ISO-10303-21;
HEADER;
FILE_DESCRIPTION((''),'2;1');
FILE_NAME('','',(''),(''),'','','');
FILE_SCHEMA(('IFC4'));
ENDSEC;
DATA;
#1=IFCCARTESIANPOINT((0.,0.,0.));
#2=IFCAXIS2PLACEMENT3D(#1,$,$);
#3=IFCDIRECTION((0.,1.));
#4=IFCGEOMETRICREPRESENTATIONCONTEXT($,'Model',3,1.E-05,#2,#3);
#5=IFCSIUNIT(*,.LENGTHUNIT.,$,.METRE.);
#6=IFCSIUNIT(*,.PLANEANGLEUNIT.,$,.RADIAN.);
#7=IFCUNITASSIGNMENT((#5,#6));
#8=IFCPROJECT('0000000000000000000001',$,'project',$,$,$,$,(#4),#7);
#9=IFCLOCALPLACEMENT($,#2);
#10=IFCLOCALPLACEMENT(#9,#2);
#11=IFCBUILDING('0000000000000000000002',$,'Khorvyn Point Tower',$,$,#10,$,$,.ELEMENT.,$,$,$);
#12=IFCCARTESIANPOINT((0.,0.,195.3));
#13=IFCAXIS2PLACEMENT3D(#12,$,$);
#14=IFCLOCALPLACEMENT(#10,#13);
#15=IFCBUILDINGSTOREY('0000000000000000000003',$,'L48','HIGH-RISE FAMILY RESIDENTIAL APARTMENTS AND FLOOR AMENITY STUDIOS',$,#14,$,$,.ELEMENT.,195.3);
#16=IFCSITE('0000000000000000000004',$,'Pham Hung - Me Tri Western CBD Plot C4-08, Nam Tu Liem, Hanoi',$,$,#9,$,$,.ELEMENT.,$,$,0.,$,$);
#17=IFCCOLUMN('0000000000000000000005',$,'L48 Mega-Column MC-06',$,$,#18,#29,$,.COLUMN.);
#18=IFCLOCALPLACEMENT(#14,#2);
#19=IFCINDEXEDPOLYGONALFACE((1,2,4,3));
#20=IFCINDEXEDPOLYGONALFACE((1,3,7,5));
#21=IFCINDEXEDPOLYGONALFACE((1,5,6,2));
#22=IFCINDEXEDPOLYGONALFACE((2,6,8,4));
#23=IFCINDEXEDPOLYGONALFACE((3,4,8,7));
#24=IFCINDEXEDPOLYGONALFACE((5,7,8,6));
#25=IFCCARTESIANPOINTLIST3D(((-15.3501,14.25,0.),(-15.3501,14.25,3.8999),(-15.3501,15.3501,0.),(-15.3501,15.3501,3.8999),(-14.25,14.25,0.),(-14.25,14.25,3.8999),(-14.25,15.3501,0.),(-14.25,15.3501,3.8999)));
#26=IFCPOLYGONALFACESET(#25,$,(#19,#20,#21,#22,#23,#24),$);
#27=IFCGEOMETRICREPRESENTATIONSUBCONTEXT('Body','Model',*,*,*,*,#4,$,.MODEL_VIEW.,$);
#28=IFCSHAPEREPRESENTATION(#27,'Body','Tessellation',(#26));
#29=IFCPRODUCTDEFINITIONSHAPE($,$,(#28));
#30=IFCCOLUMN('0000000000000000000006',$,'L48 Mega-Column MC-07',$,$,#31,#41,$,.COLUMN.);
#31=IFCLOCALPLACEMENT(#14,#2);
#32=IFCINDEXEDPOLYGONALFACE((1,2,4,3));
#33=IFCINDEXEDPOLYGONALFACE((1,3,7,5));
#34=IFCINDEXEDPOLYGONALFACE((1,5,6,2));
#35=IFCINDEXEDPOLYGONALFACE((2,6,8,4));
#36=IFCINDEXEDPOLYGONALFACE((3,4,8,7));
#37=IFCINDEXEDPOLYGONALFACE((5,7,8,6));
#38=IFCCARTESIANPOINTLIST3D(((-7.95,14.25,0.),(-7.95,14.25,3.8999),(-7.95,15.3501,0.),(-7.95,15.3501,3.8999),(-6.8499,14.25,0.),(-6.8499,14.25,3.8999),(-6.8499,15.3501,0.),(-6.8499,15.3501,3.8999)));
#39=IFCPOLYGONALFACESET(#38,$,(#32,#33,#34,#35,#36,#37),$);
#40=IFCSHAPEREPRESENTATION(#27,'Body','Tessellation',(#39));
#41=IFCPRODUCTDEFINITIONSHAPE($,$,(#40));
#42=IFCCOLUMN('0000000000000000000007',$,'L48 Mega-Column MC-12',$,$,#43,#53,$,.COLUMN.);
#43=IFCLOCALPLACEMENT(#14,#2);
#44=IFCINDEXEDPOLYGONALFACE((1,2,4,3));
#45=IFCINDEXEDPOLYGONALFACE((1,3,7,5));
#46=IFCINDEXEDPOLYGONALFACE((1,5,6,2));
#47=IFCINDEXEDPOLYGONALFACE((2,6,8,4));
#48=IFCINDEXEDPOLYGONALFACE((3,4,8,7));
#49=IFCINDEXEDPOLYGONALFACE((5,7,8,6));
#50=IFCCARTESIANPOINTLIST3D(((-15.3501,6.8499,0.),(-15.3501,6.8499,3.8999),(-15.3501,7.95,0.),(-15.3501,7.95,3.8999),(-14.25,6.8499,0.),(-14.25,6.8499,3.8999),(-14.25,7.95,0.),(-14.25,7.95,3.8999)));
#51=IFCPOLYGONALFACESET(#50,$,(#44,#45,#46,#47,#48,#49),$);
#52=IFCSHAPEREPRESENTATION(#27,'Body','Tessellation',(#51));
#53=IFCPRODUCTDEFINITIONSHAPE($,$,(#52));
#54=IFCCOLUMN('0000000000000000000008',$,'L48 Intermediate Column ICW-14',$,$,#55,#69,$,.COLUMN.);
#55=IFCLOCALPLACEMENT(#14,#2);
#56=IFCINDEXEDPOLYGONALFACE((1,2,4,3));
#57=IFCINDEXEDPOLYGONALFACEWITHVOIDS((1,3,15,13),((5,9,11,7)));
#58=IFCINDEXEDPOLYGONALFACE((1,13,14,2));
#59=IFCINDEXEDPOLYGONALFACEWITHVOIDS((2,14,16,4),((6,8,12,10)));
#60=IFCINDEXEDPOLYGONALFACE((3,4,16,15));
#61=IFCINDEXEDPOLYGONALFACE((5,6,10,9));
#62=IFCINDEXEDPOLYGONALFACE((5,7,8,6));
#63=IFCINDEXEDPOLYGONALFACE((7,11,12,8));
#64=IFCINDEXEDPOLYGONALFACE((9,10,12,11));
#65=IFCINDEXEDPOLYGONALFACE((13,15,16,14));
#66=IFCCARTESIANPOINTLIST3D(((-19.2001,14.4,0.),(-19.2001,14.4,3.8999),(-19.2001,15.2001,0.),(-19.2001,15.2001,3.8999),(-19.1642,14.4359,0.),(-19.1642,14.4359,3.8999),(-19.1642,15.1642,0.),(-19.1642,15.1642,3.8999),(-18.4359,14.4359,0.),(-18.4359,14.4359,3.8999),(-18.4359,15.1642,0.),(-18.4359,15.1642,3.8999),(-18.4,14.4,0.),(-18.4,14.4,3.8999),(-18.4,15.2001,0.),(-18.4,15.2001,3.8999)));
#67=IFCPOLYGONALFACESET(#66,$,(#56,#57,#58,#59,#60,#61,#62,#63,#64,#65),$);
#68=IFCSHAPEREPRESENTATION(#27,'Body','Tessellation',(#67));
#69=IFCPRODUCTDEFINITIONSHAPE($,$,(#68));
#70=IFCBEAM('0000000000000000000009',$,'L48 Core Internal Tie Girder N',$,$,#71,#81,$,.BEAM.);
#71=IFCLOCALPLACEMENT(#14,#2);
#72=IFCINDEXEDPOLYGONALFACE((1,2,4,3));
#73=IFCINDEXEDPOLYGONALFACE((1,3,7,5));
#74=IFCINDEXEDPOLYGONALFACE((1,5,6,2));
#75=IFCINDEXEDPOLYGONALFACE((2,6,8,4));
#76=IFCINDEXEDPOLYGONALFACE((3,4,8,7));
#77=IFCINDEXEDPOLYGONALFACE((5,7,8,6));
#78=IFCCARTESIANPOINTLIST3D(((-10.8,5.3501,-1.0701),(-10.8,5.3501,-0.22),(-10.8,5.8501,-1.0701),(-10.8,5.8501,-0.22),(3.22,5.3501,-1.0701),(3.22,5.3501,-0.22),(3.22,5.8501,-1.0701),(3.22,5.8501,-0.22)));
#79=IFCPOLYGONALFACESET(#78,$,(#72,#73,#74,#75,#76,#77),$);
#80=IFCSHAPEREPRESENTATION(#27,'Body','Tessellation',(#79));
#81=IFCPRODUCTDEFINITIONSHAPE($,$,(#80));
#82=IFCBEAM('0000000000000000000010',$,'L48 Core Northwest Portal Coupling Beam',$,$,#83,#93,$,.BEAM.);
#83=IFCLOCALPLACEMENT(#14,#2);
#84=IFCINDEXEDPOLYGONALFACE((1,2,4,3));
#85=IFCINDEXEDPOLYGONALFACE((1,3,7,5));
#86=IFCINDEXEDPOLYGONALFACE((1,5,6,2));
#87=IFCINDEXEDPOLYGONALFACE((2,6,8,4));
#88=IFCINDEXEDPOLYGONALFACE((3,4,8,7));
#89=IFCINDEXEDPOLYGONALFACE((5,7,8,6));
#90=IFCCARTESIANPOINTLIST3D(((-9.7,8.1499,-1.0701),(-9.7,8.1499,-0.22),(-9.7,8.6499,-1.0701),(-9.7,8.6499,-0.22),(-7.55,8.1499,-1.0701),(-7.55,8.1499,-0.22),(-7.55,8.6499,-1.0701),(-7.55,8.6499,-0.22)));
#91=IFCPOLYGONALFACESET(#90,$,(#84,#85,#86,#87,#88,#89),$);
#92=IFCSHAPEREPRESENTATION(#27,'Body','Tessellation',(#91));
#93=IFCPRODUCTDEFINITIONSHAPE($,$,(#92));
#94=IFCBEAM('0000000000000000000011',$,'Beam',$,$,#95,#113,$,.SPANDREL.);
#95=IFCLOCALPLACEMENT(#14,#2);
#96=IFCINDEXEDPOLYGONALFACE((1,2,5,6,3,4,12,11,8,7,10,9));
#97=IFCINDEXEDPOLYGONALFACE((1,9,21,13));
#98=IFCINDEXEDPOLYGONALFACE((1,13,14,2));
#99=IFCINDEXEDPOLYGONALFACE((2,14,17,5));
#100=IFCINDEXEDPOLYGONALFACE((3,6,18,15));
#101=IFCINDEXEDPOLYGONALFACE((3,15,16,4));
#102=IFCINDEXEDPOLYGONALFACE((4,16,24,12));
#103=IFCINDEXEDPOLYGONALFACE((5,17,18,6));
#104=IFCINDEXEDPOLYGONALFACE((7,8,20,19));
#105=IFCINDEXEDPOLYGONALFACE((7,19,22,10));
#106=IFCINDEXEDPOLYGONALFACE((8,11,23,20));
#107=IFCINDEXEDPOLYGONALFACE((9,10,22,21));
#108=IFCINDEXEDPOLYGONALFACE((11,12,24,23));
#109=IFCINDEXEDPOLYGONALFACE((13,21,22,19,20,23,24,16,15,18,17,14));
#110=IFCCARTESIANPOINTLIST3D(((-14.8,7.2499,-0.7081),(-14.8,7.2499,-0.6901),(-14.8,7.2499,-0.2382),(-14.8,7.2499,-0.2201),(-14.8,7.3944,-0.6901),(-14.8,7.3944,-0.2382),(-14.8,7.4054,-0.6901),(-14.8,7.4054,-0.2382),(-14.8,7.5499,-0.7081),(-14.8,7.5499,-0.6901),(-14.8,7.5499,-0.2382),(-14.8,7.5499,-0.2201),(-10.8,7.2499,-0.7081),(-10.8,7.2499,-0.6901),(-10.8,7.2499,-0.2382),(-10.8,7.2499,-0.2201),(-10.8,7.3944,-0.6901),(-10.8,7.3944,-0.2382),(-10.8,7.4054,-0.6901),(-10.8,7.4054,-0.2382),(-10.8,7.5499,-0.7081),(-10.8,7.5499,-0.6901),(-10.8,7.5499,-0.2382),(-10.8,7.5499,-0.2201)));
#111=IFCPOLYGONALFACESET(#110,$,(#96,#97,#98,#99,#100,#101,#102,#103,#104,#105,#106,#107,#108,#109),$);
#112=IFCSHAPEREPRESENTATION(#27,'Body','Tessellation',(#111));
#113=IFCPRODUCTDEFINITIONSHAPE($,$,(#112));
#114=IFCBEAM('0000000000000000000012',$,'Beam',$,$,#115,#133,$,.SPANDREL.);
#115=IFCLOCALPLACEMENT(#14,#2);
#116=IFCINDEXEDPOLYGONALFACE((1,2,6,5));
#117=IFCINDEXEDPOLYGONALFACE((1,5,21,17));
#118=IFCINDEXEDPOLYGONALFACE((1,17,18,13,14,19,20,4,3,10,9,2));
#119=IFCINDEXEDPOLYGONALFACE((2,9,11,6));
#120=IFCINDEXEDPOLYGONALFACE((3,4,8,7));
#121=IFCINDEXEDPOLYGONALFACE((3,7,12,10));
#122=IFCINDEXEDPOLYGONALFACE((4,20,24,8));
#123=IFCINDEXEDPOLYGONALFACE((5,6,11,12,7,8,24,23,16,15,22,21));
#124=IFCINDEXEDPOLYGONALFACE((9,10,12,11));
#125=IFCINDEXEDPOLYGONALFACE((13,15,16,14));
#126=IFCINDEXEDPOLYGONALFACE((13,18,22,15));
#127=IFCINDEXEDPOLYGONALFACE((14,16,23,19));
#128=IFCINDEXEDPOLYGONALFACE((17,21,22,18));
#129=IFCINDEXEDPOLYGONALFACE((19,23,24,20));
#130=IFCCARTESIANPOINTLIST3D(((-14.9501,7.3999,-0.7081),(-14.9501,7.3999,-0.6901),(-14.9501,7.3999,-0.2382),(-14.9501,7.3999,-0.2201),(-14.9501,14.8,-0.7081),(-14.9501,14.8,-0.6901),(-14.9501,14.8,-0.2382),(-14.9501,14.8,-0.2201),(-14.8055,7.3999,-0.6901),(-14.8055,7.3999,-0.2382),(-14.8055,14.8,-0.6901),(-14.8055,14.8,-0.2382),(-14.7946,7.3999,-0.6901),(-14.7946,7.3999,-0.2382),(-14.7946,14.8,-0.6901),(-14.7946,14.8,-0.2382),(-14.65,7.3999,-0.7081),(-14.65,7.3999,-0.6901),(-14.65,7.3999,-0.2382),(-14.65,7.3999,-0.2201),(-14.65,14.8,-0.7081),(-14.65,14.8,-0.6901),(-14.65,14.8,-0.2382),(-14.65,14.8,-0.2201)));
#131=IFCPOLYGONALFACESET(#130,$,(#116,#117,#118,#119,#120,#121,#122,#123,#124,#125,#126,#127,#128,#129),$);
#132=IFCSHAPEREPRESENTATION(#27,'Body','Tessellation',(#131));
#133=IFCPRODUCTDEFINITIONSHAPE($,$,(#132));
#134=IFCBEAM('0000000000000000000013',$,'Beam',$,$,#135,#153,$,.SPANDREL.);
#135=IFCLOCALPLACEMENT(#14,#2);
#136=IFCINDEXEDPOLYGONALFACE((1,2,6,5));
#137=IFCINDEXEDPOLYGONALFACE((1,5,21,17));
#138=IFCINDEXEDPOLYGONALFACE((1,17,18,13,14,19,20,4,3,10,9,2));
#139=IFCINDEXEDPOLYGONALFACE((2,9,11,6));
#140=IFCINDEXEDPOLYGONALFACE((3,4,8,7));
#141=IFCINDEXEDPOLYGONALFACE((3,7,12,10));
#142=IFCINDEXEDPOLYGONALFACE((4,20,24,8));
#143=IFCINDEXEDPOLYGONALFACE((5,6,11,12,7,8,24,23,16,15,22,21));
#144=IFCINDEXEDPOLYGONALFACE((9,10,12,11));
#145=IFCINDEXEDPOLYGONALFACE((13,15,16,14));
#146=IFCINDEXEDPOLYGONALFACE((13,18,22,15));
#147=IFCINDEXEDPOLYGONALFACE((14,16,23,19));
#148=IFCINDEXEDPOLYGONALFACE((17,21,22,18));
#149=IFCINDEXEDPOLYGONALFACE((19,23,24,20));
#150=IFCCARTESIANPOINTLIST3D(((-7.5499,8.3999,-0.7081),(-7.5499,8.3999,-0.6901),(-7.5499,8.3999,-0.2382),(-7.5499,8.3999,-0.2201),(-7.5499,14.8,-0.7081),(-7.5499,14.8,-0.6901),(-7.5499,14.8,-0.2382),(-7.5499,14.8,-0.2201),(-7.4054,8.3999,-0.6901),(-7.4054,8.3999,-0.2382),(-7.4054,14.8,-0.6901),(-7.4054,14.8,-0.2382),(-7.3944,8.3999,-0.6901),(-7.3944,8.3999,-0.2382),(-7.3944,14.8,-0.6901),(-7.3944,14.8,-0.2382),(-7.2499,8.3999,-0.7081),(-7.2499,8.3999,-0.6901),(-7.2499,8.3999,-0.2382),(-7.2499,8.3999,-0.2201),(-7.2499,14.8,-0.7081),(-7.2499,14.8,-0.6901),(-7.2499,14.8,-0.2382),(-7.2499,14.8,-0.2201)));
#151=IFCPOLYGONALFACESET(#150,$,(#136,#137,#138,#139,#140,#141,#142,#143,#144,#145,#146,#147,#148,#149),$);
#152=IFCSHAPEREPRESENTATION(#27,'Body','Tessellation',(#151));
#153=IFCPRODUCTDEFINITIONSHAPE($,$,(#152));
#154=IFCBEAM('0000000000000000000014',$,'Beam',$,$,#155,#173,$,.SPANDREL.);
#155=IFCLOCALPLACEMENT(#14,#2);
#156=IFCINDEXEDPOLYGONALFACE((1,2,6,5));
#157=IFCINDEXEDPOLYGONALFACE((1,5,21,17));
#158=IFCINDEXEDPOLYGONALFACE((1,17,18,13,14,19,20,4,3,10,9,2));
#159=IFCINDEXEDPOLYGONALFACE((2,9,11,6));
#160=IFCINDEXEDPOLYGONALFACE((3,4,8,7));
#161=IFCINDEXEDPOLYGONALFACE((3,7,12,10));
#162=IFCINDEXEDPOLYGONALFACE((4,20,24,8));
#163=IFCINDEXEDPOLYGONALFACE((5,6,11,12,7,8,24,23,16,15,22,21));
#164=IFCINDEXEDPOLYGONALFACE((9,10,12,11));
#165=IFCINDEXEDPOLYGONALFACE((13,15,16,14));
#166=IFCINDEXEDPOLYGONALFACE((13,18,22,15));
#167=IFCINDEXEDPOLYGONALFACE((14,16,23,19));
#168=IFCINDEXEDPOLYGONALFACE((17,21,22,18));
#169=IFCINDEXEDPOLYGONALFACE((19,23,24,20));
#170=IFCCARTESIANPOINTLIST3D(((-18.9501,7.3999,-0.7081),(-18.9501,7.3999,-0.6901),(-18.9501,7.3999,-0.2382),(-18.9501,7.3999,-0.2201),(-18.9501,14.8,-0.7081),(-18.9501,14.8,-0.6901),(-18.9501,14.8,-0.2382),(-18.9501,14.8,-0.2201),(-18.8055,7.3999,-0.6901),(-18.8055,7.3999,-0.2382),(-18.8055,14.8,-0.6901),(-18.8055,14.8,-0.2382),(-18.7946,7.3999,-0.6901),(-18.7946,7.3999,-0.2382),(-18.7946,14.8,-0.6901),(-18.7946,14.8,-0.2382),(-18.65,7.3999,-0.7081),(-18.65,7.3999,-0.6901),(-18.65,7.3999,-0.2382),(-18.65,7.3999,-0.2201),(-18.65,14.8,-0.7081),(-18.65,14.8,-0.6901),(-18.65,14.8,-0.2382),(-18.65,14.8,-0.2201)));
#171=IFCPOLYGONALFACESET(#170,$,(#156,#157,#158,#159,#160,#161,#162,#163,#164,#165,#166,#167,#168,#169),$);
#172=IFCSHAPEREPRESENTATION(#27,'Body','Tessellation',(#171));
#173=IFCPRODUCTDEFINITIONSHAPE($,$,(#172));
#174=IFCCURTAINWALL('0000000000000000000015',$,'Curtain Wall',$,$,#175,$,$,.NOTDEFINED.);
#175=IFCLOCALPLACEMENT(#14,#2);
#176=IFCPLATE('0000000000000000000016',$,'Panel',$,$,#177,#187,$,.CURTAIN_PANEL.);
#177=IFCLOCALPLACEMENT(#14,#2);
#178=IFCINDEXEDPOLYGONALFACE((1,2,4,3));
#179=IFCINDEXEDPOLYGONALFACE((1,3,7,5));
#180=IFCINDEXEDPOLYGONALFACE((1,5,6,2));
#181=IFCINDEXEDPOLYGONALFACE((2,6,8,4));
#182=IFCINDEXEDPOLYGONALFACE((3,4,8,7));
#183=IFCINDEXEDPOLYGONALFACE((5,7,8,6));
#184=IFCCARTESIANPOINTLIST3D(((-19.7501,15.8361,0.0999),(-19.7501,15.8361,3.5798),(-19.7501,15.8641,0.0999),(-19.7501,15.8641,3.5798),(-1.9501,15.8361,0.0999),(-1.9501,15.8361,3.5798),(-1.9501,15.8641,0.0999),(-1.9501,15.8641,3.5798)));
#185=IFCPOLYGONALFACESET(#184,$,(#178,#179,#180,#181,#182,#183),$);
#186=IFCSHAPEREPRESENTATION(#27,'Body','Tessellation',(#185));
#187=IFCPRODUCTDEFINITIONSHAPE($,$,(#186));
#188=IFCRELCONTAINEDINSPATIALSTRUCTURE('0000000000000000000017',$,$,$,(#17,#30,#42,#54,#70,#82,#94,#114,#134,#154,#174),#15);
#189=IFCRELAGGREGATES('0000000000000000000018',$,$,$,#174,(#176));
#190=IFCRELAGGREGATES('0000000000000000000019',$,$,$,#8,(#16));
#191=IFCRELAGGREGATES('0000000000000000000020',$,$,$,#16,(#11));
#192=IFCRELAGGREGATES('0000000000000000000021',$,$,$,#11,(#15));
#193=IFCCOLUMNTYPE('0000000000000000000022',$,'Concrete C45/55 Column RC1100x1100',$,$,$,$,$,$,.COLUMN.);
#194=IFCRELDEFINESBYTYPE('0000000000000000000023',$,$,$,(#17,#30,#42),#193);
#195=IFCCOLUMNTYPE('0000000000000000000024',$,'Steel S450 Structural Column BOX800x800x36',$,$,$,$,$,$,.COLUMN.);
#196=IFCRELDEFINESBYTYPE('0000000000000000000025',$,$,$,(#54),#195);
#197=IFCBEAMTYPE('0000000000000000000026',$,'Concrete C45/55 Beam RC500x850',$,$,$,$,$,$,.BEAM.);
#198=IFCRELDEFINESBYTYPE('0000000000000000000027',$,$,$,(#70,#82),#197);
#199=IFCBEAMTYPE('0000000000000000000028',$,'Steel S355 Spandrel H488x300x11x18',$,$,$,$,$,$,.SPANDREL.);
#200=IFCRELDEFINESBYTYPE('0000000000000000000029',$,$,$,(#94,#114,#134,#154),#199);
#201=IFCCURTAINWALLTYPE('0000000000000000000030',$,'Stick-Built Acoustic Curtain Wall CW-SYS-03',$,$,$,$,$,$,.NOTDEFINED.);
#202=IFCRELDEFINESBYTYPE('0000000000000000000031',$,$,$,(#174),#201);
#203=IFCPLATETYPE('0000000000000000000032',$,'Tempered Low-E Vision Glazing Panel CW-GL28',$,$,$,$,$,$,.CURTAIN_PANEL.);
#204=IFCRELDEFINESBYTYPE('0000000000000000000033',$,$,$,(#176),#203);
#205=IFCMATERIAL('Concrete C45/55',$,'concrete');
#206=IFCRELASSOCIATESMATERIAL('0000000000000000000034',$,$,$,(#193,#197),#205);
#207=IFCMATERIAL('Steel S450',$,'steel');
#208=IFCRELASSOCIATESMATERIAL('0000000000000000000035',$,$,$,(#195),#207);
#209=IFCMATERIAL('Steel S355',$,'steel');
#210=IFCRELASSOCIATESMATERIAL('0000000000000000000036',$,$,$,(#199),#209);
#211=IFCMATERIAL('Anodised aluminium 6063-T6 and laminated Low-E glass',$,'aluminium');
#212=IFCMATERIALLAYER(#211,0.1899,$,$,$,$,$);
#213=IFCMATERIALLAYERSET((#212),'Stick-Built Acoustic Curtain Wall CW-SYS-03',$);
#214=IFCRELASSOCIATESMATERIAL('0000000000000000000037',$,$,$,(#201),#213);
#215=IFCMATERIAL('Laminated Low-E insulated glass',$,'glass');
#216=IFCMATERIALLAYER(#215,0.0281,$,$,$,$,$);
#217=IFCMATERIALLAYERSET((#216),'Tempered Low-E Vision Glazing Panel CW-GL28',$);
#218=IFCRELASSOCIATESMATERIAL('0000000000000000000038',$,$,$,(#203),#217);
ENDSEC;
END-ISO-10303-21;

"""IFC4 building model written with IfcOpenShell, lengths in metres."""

from ifc_helpers import new_model, si_unit, direction, frame, origin, origin_2d, place, context, subcontext, project, spatial, rectangle, hollow_rectangle, i_section, extrude, material, layer, layer_set, material_profile, profile_set, type_object, element, aggregate, save


model = new_model("IFC4")

# Units and contexts
model_context = context("Model", 3, precision=1e-05, world=origin(), true_north=direction((0.0, 1.0)))
body_context = subcontext(model_context, "Body", "Model", "MODEL_VIEW")
ifc_project = project(units=[si_unit("LENGTHUNIT", "METRE"), si_unit("PLANEANGLEUNIT", "RADIAN")], contexts=[model_context])

# Site, building, storey
site_placement = place(None, origin())
site = spatial("IfcSite", under=ifc_project, at=site_placement, Name="Pham Hung - Me Tri Western CBD Plot C4-08, Nam Tu Liem, Hanoi", CompositionType="ELEMENT", RefElevation=0.0)
building_placement = place(site_placement, origin())
building = spatial("IfcBuilding", under=site, at=building_placement, Name="Khorvyn Point Tower", CompositionType="ELEMENT")
storey_placement = place(building_placement, frame((0.0, 0.0, 195.3)))
storey = spatial("IfcBuildingStorey", under=building, at=storey_placement, Name="L48", Description="HIGH-RISE FAMILY RESIDENTIAL APARTMENTS AND FLOOR AMENITY STUDIOS", CompositionType="ELEMENT", Elevation=195.3)

# Columns
ifc_material_1 = material(Name="Concrete C45/55", Category="concrete")
ifc_material_profile_1 = material_profile(ifc_material_1, rectangle(XDim=1.1001, YDim=1.1001, at=origin_2d()))
ifc_profile_set_1 = profile_set([ifc_material_profile_1], Name="Concrete C45/55 RC1100x1100")
column_type_1 = type_object("IfcColumnType", Name="Concrete C45/55 Column RC1100x1100", PredefinedType="COLUMN", material=ifc_profile_set_1)
for number, where, z_axis, x_axis, name in (
    (1, (-14.8, 14.8, 0.0), (0.0, 0.0, 1.0), (1.0, 0.0, 0.0), "L48 Mega-Column MC-06"),
    (2, (-7.3999, 14.8, 0.0), (0.0, 0.0, 1.0), (1.0, 0.0, 0.0), "L48 Mega-Column MC-07"),
    (3, (-14.8, 7.3999, 0.0), (0.0, 0.0, 1.0), (1.0, 0.0, 0.0), "L48 Mega-Column MC-12"),
):
    element("IfcColumn", number, at=place(storey_placement, frame(where, z_axis=z_axis, x_axis=x_axis)), inside=storey, type_object=column_type_1, Name=name, PredefinedType="COLUMN", context=body_context, shape_type="SweptSolid", body=[
        extrude(rectangle(XDim=1.1001, YDim=1.1001, at=origin_2d()), origin(), (0.0, 0.0, 1.0), 3.8999),
    ])
ifc_material_2 = material(Name="Steel S450", Category="steel")
ifc_material_profile_2 = material_profile(ifc_material_2, hollow_rectangle(XDim=0.8, YDim=0.8, WallThickness=0.0359, at=origin_2d()))
ifc_profile_set_2 = profile_set([ifc_material_profile_2], Name="Steel S450 BOX800x800x36")
column_type_2 = type_object("IfcColumnType", Name="Steel S450 Structural Column BOX800x800x36", PredefinedType="COLUMN", material=ifc_profile_set_2)
column_placement = place(storey_placement, frame((-18.8, 14.8, 0.0), z_axis=(0.0, 0.0, 1.0), x_axis=(1.0, 0.0, 0.0)))
element("IfcColumn", 4, at=column_placement, inside=storey, type_object=column_type_2, Name="L48 Intermediate Column ICW-14", PredefinedType="COLUMN", context=body_context, shape_type="SweptSolid", body=[
    extrude(hollow_rectangle(XDim=0.8, YDim=0.8, WallThickness=0.0359, at=origin_2d()), origin(), (0.0, 0.0, 1.0), 3.8999),
])

# Beams
ifc_material_profile_3 = material_profile(ifc_material_1, rectangle(XDim=0.5, YDim=0.8501, at=origin_2d()))
ifc_profile_set_3 = profile_set([ifc_material_profile_3], Name="Concrete C45/55 RC500x850")
beam_type_1 = type_object("IfcBeamType", Name="Concrete C45/55 Beam RC500x850", PredefinedType="BEAM", material=ifc_profile_set_3)
beam_1_placement = place(storey_placement, frame((-10.8, 5.6001, -0.645), z_axis=(1.0, 0.0, 0.0), x_axis=(0.0, 1.0, 0.0)))
element("IfcBeam", 5, at=beam_1_placement, inside=storey, type_object=beam_type_1, Name="L48 Core Internal Tie Girder N", PredefinedType="BEAM", context=body_context, shape_type="SweptSolid", body=[
    extrude(rectangle(XDim=0.5, YDim=0.8501, at=origin_2d()), origin(), (0.0, 0.0, 1.0), 14.02),
])
beam_2_placement = place(storey_placement, frame((-9.7, 8.3999, -0.645), z_axis=(1.0, 0.0, 0.0), x_axis=(0.0, 1.0, 0.0)))
element("IfcBeam", 6, at=beam_2_placement, inside=storey, type_object=beam_type_1, Name="L48 Core Northwest Portal Coupling Beam", PredefinedType="BEAM", context=body_context, shape_type="SweptSolid", body=[
    extrude(rectangle(XDim=0.5, YDim=0.8501, at=origin_2d()), origin(), (0.0, 0.0, 1.0), 2.1499),
])
ifc_material_3 = material(Name="Steel S355", Category="steel")
ifc_material_profile_4 = material_profile(ifc_material_3, i_section(OverallWidth=0.3, OverallDepth=0.488, WebThickness=0.011, FlangeThickness=0.0181, at=origin_2d()))
ifc_profile_set_4 = profile_set([ifc_material_profile_4], Name="Steel S355 H488x300x11x18")
beam_type_2 = type_object("IfcBeamType", Name="Steel S355 Spandrel H488x300x11x18", PredefinedType="SPANDREL", material=ifc_profile_set_4)
beam_3_placement = place(storey_placement, frame((-14.8, 7.3999, -0.4641), z_axis=(1.0, 0.0, 0.0), x_axis=(0.0, 1.0, 0.0)))
element("IfcBeam", 7, at=beam_3_placement, inside=storey, type_object=beam_type_2, Name="Beam", PredefinedType="SPANDREL", context=body_context, shape_type="SweptSolid", body=[
    extrude(i_section(OverallWidth=0.3, OverallDepth=0.488, WebThickness=0.011, FlangeThickness=0.0181, at=origin_2d()), origin(), (0.0, 0.0, 1.0), 4.0),
])
beam_4_placement = place(storey_placement, frame((-14.8, 7.3999, -0.4641), z_axis=(0.0, 1.0, 0.0), x_axis=(-1.0, 0.0, 0.0)))
element("IfcBeam", 8, at=beam_4_placement, inside=storey, type_object=beam_type_2, Name="Beam", PredefinedType="SPANDREL", context=body_context, shape_type="SweptSolid", body=[
    extrude(i_section(OverallWidth=0.3, OverallDepth=0.488, WebThickness=0.011, FlangeThickness=0.0181, at=origin_2d()), origin(), (0.0, 0.0, 1.0), 7.4001),
])
beam_5_placement = place(storey_placement, frame((-7.3999, 8.3999, -0.4641), z_axis=(0.0, 1.0, 0.0), x_axis=(-1.0, 0.0, 0.0)))
element("IfcBeam", 9, at=beam_5_placement, inside=storey, type_object=beam_type_2, Name="Beam", PredefinedType="SPANDREL", context=body_context, shape_type="SweptSolid", body=[
    extrude(i_section(OverallWidth=0.3, OverallDepth=0.488, WebThickness=0.011, FlangeThickness=0.0181, at=origin_2d()), origin(), (0.0, 0.0, 1.0), 6.4001),
])
beam_6_placement = place(storey_placement, frame((-18.8, 7.3999, -0.4641), z_axis=(0.0, 1.0, 0.0), x_axis=(-1.0, 0.0, 0.0)))
element("IfcBeam", 10, at=beam_6_placement, inside=storey, type_object=beam_type_2, Name="Beam", PredefinedType="SPANDREL", context=body_context, shape_type="SweptSolid", body=[
    extrude(i_section(OverallWidth=0.3, OverallDepth=0.488, WebThickness=0.011, FlangeThickness=0.0181, at=origin_2d()), origin(), (0.0, 0.0, 1.0), 7.4001),
])

# Curtain wall, plate
ifc_material_4 = material(Name="Anodised aluminium 6063-T6 and laminated Low-E glass", Category="aluminium")
ifc_layer_1 = layer(ifc_material_4, 0.1899)
ifc_layer_set_1 = layer_set([ifc_layer_1], Name="Stick-Built Acoustic Curtain Wall CW-SYS-03")
curtain_wall_type = type_object("IfcCurtainWallType", Name="Stick-Built Acoustic Curtain Wall CW-SYS-03", PredefinedType="NOTDEFINED", material=ifc_layer_set_1)
curtain_wall_placement = place(storey_placement, origin())
curtain_wall = element("IfcCurtainWall", 11, at=curtain_wall_placement, inside=storey, type_object=curtain_wall_type, Name="Curtain Wall", PredefinedType="NOTDEFINED")
ifc_material_5 = material(Name="Laminated Low-E insulated glass", Category="glass")
ifc_layer_2 = layer(ifc_material_5, 0.0281)
ifc_layer_set_2 = layer_set([ifc_layer_2], Name="Tempered Low-E Vision Glazing Panel CW-GL28")
plate_type = type_object("IfcPlateType", Name="Tempered Low-E Vision Glazing Panel CW-GL28", PredefinedType="CURTAIN_PANEL", material=ifc_layer_set_2)
plate_placement = place(storey_placement, frame((-10.8501, 15.8501, 0.0999), z_axis=(0.0, 0.0, 1.0), x_axis=(1.0, 0.0, 0.0)))
plate = element("IfcPlate", 12, at=plate_placement, type_object=plate_type, Name="Panel", PredefinedType="CURTAIN_PANEL", context=body_context, shape_type="SweptSolid", body=[
    extrude(rectangle(XDim=17.8, YDim=0.0281, at=origin_2d()), origin(), (0.0, 0.0, 1.0), 3.48),
])
aggregate(curtain_wall, [plate])

save(model, "model.ifc")
